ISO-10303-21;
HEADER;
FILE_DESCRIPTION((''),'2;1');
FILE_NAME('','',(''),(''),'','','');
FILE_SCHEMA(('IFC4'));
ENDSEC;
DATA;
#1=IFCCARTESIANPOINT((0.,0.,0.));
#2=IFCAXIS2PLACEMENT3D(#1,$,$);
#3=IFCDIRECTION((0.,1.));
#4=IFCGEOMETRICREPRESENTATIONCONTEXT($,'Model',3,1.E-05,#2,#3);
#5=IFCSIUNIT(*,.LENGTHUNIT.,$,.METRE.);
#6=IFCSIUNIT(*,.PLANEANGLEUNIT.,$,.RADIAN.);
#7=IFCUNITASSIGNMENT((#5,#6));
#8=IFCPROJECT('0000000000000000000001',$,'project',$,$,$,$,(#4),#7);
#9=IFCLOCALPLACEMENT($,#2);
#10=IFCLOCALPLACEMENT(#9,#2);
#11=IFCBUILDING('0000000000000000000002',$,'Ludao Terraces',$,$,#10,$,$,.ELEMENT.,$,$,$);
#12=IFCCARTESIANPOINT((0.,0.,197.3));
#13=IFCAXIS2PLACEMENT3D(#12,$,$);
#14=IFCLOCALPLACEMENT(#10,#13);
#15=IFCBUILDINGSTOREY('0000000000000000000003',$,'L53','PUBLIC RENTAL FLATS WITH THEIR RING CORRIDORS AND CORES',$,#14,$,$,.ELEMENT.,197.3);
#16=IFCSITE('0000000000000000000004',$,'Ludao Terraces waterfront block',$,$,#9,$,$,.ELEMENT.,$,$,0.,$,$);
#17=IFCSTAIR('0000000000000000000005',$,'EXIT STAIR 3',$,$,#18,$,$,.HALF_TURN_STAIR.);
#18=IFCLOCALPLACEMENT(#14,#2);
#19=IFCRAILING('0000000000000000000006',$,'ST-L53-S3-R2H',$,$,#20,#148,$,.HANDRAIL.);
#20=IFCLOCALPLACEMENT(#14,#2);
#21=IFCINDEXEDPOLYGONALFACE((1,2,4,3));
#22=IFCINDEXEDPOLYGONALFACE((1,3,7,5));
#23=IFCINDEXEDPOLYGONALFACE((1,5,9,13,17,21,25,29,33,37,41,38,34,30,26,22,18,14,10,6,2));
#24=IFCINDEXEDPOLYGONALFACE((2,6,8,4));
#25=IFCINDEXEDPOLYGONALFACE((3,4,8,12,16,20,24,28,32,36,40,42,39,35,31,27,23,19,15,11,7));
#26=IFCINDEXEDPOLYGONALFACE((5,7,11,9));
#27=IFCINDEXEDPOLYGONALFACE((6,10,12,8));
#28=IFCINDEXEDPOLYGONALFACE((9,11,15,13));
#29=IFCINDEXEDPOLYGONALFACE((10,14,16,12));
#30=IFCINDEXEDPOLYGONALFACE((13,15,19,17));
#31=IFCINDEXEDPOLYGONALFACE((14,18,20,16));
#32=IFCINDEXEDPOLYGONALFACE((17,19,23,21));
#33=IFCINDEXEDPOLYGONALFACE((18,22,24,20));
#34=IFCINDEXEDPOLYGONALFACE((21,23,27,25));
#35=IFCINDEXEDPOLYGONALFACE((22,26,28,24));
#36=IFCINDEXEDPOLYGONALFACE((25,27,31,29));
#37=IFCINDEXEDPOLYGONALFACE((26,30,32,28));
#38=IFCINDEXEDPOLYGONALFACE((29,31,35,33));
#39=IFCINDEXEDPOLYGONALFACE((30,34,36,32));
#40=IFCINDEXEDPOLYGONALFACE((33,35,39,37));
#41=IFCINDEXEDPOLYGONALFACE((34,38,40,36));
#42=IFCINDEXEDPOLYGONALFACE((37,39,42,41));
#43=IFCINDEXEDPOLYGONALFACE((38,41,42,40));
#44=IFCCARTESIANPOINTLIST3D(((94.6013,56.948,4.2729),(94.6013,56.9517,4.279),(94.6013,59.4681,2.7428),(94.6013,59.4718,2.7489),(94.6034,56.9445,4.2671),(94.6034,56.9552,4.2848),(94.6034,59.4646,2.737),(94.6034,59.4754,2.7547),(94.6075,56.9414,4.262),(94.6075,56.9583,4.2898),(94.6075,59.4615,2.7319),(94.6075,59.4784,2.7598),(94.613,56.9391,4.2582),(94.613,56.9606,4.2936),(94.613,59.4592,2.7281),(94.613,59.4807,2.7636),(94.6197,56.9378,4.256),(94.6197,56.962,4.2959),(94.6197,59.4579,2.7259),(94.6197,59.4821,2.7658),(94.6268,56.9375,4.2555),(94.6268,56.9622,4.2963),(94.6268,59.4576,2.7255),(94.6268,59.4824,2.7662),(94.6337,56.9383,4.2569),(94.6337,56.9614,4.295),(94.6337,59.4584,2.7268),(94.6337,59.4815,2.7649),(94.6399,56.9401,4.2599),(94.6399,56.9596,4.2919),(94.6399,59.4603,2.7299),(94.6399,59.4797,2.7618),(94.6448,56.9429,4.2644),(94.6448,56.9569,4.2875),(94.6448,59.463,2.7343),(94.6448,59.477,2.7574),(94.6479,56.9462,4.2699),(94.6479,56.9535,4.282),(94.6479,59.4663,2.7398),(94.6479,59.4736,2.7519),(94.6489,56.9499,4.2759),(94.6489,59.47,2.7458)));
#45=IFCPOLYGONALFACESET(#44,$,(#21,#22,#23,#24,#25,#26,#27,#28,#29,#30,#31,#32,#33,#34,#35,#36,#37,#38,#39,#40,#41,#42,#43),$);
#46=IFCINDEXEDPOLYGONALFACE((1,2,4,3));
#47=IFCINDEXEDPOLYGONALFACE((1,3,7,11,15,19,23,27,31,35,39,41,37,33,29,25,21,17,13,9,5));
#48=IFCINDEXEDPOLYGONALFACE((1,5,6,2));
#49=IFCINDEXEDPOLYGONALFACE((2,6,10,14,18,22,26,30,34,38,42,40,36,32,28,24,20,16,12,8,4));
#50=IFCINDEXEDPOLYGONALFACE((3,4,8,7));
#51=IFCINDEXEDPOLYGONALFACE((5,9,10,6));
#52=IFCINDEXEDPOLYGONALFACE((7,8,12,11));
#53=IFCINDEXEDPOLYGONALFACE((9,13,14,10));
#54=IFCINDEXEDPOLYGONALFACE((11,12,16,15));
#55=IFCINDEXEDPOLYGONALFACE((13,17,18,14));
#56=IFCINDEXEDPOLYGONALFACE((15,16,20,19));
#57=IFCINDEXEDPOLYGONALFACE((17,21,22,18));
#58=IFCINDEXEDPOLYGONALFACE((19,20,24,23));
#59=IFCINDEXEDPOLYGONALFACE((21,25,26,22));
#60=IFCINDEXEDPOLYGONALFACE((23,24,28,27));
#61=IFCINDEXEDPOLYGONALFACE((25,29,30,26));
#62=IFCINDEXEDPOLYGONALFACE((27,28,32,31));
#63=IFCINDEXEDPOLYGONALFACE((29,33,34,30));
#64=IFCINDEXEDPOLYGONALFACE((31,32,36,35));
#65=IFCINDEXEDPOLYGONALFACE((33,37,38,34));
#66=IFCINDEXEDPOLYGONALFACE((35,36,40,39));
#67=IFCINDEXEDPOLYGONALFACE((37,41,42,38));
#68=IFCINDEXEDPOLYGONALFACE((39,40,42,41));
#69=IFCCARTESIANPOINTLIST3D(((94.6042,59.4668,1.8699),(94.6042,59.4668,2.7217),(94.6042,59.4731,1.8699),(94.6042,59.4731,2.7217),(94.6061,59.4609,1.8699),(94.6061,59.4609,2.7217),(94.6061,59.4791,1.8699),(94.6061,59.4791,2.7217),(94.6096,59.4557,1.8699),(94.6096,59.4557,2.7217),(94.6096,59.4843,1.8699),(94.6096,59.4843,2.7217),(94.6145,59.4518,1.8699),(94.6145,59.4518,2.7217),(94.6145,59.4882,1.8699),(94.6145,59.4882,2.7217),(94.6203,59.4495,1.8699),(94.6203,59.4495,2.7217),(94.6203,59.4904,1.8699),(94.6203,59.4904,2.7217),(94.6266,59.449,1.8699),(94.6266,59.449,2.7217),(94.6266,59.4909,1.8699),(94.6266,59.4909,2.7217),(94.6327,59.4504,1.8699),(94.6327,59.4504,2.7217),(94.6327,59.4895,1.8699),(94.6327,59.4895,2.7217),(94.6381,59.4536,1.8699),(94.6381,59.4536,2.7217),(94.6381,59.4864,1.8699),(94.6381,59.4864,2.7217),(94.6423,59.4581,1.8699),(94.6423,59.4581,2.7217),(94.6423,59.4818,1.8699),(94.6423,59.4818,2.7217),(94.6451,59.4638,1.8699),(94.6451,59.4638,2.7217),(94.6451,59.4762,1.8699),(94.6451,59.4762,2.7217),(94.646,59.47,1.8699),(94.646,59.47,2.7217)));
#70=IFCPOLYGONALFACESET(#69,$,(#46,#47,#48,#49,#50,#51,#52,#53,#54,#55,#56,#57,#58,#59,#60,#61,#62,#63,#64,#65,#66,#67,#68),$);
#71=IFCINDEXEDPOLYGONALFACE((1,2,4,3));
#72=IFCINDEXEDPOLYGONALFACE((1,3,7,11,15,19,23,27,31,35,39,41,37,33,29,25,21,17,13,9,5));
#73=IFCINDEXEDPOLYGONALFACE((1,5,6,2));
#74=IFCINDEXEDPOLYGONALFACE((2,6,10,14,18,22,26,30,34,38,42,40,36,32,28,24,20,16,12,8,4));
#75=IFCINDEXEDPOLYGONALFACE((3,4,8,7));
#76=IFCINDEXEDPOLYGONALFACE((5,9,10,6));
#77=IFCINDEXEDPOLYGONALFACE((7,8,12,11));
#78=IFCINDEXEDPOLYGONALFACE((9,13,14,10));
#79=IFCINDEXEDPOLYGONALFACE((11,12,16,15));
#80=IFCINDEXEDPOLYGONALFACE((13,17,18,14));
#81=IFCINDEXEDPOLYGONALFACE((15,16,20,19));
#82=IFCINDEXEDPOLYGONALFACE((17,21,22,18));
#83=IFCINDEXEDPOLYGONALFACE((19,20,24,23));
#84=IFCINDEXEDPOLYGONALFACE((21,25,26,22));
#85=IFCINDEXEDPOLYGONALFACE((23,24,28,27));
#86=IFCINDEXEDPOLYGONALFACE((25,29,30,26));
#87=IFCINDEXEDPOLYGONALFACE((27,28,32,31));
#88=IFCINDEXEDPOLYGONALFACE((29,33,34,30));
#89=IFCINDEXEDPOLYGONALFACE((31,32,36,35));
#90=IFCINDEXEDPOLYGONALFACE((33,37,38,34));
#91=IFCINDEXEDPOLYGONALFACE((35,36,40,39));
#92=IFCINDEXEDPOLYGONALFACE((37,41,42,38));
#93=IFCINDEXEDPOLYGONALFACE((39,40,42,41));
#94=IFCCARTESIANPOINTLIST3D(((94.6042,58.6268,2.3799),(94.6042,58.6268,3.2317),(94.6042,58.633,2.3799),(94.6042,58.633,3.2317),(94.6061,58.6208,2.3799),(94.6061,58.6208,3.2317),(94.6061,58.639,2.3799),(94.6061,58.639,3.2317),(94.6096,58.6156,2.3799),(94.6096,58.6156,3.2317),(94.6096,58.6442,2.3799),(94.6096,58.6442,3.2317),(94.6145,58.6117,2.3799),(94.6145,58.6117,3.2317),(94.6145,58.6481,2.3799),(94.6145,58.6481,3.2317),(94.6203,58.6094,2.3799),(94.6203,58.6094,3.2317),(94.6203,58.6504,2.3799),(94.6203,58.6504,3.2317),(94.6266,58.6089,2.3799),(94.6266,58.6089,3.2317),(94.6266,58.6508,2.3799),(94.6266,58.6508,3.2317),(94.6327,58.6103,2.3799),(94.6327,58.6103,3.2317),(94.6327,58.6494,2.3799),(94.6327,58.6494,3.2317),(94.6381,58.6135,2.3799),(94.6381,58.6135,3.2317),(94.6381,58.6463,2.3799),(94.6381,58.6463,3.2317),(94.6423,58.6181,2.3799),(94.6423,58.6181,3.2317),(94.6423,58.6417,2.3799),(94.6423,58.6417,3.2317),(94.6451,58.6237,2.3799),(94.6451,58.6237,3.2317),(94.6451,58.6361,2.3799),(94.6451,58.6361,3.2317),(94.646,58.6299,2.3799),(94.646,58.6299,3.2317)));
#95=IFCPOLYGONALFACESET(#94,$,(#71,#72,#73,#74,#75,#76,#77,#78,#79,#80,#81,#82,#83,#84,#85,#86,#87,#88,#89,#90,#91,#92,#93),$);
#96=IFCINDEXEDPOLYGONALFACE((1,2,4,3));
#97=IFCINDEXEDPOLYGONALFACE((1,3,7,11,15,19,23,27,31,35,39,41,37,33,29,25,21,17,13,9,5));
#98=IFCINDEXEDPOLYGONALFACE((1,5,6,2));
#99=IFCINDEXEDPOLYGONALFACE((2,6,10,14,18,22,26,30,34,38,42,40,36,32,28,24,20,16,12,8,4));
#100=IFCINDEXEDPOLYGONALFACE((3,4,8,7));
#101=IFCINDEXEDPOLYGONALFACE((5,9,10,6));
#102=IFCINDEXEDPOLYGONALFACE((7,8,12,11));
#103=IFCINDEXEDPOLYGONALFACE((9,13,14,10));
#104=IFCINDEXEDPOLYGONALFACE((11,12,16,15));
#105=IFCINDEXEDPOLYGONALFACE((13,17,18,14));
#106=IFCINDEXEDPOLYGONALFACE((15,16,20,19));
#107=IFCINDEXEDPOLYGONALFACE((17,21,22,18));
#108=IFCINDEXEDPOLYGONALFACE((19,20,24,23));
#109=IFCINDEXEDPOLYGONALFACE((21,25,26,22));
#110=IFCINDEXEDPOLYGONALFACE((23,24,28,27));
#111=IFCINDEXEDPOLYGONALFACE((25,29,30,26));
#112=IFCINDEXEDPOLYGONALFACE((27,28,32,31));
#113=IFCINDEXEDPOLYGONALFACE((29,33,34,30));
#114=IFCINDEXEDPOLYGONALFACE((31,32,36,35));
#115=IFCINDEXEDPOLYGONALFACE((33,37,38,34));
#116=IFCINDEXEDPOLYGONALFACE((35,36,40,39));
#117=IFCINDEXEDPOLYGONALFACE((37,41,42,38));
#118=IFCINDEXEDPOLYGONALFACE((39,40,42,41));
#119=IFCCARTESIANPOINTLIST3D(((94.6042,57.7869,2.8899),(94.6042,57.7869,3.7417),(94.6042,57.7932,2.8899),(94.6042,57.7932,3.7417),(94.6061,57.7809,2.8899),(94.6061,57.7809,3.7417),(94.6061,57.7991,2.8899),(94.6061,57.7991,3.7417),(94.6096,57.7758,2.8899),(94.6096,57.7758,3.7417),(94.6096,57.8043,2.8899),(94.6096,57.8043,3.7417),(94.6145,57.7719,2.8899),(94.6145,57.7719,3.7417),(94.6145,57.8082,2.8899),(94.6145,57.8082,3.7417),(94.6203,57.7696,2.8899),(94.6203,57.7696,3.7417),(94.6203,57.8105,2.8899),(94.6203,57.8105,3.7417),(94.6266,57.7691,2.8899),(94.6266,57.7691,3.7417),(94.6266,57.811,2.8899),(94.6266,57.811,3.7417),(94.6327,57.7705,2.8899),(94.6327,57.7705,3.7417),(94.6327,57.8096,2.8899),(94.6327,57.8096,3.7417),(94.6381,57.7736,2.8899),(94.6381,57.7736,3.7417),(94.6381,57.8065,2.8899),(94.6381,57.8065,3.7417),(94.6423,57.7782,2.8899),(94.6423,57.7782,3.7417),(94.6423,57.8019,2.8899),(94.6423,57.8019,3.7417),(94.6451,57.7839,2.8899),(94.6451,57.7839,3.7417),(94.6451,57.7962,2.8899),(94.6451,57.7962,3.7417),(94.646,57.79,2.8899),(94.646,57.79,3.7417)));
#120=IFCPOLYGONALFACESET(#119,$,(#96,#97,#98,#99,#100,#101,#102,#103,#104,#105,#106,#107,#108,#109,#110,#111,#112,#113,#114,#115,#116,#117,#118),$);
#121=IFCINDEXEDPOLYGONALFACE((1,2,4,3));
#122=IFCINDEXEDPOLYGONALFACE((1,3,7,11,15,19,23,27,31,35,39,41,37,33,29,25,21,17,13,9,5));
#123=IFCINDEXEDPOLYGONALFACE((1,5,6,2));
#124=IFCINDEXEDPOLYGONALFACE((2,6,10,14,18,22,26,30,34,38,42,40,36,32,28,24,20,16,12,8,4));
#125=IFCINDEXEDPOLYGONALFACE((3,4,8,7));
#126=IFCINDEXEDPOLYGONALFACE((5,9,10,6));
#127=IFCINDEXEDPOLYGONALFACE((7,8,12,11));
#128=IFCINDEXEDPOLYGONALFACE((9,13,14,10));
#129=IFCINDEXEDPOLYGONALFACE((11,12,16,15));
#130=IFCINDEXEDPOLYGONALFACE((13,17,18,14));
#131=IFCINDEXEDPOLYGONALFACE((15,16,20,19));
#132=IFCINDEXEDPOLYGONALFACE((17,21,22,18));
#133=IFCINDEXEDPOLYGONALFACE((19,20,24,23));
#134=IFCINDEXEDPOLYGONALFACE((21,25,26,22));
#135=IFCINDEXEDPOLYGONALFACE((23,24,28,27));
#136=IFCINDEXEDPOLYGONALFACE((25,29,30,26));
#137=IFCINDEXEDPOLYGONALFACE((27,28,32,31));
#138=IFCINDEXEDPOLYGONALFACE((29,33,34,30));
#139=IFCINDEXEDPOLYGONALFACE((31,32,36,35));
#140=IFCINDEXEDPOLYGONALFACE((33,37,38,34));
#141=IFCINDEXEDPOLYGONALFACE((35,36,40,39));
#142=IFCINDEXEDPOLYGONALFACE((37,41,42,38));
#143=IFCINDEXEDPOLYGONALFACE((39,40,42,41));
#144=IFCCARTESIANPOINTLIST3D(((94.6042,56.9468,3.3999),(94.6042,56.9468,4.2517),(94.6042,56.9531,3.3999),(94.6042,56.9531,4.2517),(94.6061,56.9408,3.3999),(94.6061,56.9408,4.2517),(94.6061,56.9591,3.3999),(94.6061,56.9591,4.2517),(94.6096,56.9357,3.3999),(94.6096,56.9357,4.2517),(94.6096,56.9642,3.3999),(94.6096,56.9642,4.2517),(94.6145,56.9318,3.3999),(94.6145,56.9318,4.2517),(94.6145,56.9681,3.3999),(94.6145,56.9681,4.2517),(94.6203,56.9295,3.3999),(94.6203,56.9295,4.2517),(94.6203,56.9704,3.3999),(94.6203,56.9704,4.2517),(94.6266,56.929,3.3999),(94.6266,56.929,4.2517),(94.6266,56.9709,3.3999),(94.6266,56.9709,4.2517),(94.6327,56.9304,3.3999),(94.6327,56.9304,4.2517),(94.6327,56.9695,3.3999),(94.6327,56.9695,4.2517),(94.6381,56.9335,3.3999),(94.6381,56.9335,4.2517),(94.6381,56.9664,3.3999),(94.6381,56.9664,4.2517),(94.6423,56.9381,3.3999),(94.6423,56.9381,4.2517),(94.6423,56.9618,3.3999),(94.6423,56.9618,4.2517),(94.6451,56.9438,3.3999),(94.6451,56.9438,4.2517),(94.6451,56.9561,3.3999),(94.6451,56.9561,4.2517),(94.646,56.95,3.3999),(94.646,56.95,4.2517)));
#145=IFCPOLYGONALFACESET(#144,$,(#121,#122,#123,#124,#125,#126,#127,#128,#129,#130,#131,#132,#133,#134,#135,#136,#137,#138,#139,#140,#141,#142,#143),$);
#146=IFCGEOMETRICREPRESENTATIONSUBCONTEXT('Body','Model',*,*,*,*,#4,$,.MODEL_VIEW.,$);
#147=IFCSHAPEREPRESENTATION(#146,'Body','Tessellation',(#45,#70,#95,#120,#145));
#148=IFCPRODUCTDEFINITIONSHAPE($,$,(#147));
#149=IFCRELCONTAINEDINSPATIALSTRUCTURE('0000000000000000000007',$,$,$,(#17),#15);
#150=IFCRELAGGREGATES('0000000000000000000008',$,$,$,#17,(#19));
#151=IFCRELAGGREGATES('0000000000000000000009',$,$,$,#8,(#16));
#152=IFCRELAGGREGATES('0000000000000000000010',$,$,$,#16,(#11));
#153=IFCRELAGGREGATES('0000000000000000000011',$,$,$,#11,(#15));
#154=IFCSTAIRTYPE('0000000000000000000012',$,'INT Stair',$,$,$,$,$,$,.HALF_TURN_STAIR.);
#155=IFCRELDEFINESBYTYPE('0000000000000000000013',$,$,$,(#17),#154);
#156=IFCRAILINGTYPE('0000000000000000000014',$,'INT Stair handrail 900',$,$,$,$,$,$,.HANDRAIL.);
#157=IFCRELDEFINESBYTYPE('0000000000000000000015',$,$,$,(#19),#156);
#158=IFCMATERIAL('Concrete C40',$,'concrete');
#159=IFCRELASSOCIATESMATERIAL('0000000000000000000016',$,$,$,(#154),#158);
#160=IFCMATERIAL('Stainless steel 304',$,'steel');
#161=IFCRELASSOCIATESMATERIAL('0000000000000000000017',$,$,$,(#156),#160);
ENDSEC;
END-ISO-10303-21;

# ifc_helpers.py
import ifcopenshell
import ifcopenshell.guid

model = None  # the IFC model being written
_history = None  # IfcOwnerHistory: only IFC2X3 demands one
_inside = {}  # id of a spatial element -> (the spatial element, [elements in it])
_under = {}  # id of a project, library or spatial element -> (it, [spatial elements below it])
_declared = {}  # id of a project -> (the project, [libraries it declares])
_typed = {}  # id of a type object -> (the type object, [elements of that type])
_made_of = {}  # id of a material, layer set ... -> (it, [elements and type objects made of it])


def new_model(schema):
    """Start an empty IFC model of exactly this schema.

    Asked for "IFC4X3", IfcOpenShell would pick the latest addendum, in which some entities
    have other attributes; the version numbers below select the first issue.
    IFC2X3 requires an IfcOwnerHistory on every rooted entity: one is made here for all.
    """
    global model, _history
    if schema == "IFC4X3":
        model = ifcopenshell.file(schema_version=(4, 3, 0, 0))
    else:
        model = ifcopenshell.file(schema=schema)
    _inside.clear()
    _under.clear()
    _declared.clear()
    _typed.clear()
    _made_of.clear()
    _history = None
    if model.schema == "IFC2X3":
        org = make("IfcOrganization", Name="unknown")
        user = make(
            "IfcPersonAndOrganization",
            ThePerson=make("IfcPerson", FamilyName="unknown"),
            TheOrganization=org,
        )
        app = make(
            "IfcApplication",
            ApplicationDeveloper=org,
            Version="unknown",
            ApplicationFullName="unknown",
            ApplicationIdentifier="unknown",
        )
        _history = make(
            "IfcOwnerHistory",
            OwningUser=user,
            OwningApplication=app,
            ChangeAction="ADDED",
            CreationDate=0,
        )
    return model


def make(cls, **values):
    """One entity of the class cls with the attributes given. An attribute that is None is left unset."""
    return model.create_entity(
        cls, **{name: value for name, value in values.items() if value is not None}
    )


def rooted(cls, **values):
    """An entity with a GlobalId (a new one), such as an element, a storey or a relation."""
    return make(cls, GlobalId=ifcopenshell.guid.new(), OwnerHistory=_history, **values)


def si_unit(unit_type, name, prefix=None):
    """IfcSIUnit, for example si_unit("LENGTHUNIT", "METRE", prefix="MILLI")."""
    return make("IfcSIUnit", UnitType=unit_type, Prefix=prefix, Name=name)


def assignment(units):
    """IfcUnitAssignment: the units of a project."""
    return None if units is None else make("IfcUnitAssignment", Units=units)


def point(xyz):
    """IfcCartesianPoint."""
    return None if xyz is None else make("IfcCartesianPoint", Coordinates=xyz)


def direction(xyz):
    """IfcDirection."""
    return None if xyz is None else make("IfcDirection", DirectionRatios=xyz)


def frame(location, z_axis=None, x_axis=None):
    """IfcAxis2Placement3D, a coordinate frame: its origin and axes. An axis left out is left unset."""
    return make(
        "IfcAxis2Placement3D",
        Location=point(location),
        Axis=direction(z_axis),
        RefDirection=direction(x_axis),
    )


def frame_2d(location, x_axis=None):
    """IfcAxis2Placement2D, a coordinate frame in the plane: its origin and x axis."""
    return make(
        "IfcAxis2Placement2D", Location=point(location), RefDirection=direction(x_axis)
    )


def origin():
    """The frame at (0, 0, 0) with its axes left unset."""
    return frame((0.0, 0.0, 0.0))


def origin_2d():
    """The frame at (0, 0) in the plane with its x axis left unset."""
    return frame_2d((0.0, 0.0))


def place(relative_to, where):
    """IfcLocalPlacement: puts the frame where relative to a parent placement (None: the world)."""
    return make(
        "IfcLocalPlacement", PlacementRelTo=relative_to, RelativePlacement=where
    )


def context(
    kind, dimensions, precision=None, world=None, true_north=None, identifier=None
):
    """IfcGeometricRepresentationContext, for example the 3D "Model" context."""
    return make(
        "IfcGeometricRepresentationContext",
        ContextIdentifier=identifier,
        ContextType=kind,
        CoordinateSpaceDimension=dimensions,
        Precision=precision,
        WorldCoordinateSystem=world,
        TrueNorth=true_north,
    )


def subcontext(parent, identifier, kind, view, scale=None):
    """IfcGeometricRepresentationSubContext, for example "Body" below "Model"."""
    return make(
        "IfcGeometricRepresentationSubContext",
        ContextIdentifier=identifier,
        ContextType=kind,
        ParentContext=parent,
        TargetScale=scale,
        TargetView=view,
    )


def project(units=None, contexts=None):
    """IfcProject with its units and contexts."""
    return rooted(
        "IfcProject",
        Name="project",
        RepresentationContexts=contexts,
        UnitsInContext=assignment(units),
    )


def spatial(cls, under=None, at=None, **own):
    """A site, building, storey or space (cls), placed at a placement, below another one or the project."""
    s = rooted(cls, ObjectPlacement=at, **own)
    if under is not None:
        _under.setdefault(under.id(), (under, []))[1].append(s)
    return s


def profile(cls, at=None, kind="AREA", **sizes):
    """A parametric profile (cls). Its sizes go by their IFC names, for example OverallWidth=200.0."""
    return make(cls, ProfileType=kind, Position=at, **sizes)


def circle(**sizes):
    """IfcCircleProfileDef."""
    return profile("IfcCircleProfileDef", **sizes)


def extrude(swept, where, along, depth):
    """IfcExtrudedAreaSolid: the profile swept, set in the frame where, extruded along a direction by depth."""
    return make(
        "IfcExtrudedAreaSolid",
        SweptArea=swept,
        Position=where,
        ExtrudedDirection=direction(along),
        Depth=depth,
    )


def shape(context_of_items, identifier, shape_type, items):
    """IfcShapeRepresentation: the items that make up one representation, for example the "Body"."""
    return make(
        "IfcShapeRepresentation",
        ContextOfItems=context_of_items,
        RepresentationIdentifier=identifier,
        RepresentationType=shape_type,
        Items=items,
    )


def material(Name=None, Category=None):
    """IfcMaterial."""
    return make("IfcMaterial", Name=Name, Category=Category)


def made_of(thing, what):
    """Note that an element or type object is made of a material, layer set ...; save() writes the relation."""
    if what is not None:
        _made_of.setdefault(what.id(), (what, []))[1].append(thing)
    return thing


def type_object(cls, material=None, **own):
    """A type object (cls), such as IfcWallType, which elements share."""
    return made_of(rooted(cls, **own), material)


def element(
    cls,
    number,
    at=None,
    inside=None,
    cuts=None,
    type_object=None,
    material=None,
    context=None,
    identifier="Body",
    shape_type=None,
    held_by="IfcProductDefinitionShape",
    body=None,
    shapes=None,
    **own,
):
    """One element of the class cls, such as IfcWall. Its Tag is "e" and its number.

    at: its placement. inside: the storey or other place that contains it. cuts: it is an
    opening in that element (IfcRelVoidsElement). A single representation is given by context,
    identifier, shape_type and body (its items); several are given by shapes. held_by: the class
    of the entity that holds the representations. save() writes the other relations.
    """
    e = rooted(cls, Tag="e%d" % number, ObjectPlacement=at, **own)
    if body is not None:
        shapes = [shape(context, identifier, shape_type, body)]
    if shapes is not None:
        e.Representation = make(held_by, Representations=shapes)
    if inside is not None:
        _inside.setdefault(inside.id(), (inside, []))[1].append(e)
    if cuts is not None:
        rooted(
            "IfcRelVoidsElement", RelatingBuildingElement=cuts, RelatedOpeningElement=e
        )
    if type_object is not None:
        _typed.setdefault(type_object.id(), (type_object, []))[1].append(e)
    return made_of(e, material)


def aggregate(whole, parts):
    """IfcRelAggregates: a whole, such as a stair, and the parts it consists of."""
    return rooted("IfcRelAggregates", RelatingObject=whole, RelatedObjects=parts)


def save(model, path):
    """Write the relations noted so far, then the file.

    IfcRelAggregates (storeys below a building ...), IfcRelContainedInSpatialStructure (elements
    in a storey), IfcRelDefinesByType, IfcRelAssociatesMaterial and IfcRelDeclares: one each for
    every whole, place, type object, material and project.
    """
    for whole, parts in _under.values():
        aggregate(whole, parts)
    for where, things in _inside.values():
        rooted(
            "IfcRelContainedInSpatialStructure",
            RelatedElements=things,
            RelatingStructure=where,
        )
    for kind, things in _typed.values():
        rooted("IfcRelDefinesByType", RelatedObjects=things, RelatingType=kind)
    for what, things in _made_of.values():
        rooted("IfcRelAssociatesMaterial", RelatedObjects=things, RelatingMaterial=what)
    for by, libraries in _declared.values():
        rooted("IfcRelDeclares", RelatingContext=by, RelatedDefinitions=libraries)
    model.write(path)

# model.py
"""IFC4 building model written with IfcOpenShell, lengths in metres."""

from ifc_helpers import new_model, si_unit, direction, frame, origin, origin_2d, place, context, subcontext, project, spatial, circle, extrude, material, type_object, element, aggregate, save


model = new_model("IFC4")

# Units and contexts
model_context = context("Model", 3, precision=1e-05, world=origin(), true_north=direction((0.0, 1.0)))
body_context = subcontext(model_context, "Body", "Model", "MODEL_VIEW")
ifc_project = project(units=[si_unit("LENGTHUNIT", "METRE"), si_unit("PLANEANGLEUNIT", "RADIAN")], contexts=[model_context])

# Site, building, storey
site_placement = place(None, origin())
site = spatial("IfcSite", under=ifc_project, at=site_placement, Name="Ludao Terraces waterfront block", CompositionType="ELEMENT", RefElevation=0.0)
building_placement = place(site_placement, origin())
building = spatial("IfcBuilding", under=site, at=building_placement, Name="Ludao Terraces", CompositionType="ELEMENT")
storey_placement = place(building_placement, frame((0.0, 0.0, 197.3)))
storey = spatial("IfcBuildingStorey", under=building, at=storey_placement, Name="L53", Description="PUBLIC RENTAL FLATS WITH THEIR RING CORRIDORS AND CORES", CompositionType="ELEMENT", Elevation=197.3)

# Shared definitions
ifc_material_1 = material(Name="Concrete C40", Category="concrete")

# Stair, railing
stair_type = type_object("IfcStairType", Name="INT Stair", PredefinedType="HALF_TURN_STAIR", material=ifc_material_1)
stair_placement = place(storey_placement, origin())
stair = element("IfcStair", 1, at=stair_placement, inside=storey, type_object=stair_type, Name="EXIT STAIR 3", PredefinedType="HALF_TURN_STAIR")
ifc_material_2 = material(Name="Stainless steel 304", Category="steel")
railing_type_1 = type_object("IfcRailingType", Name="INT Stair handrail 900", PredefinedType="HANDRAIL", material=ifc_material_2)
railing_1_placement = place(storey_placement, frame((94.625, 59.47, 1.8699)))
railing_1 = element("IfcRailing", 2, at=railing_1_placement, type_object=railing_type_1, Name="ST-L53-S3-R2H", PredefinedType="HANDRAIL", context=body_context, shape_type="SweptSolid", body=[
    extrude(circle(Radius=0.0239, at=origin_2d()), frame((0.0, 0.0, 0.876), z_axis=(0.0, -0.854785, 0.518982), x_axis=(1.0, 0.0, 0.0)), (0.0, 0.0, 1.0), 2.9482),
    extrude(circle(Radius=0.021, at=origin_2d()), origin(), (0.0, 0.0, 1.0), 0.8518),
    extrude(circle(Radius=0.021, at=origin_2d()), frame((0.0, -0.8401, 0.51)), (0.0, 0.0, 1.0), 0.8518),
    extrude(circle(Radius=0.021, at=origin_2d()), frame((0.0, -1.6799, 1.02)), (0.0, 0.0, 1.0), 0.8518),
    extrude(circle(Radius=0.021, at=origin_2d()), frame((0.0, -2.52, 1.53)), (0.0, 0.0, 1.0), 0.8518),
])
aggregate(stair, [railing_1])

save(model, "model.ifc")
